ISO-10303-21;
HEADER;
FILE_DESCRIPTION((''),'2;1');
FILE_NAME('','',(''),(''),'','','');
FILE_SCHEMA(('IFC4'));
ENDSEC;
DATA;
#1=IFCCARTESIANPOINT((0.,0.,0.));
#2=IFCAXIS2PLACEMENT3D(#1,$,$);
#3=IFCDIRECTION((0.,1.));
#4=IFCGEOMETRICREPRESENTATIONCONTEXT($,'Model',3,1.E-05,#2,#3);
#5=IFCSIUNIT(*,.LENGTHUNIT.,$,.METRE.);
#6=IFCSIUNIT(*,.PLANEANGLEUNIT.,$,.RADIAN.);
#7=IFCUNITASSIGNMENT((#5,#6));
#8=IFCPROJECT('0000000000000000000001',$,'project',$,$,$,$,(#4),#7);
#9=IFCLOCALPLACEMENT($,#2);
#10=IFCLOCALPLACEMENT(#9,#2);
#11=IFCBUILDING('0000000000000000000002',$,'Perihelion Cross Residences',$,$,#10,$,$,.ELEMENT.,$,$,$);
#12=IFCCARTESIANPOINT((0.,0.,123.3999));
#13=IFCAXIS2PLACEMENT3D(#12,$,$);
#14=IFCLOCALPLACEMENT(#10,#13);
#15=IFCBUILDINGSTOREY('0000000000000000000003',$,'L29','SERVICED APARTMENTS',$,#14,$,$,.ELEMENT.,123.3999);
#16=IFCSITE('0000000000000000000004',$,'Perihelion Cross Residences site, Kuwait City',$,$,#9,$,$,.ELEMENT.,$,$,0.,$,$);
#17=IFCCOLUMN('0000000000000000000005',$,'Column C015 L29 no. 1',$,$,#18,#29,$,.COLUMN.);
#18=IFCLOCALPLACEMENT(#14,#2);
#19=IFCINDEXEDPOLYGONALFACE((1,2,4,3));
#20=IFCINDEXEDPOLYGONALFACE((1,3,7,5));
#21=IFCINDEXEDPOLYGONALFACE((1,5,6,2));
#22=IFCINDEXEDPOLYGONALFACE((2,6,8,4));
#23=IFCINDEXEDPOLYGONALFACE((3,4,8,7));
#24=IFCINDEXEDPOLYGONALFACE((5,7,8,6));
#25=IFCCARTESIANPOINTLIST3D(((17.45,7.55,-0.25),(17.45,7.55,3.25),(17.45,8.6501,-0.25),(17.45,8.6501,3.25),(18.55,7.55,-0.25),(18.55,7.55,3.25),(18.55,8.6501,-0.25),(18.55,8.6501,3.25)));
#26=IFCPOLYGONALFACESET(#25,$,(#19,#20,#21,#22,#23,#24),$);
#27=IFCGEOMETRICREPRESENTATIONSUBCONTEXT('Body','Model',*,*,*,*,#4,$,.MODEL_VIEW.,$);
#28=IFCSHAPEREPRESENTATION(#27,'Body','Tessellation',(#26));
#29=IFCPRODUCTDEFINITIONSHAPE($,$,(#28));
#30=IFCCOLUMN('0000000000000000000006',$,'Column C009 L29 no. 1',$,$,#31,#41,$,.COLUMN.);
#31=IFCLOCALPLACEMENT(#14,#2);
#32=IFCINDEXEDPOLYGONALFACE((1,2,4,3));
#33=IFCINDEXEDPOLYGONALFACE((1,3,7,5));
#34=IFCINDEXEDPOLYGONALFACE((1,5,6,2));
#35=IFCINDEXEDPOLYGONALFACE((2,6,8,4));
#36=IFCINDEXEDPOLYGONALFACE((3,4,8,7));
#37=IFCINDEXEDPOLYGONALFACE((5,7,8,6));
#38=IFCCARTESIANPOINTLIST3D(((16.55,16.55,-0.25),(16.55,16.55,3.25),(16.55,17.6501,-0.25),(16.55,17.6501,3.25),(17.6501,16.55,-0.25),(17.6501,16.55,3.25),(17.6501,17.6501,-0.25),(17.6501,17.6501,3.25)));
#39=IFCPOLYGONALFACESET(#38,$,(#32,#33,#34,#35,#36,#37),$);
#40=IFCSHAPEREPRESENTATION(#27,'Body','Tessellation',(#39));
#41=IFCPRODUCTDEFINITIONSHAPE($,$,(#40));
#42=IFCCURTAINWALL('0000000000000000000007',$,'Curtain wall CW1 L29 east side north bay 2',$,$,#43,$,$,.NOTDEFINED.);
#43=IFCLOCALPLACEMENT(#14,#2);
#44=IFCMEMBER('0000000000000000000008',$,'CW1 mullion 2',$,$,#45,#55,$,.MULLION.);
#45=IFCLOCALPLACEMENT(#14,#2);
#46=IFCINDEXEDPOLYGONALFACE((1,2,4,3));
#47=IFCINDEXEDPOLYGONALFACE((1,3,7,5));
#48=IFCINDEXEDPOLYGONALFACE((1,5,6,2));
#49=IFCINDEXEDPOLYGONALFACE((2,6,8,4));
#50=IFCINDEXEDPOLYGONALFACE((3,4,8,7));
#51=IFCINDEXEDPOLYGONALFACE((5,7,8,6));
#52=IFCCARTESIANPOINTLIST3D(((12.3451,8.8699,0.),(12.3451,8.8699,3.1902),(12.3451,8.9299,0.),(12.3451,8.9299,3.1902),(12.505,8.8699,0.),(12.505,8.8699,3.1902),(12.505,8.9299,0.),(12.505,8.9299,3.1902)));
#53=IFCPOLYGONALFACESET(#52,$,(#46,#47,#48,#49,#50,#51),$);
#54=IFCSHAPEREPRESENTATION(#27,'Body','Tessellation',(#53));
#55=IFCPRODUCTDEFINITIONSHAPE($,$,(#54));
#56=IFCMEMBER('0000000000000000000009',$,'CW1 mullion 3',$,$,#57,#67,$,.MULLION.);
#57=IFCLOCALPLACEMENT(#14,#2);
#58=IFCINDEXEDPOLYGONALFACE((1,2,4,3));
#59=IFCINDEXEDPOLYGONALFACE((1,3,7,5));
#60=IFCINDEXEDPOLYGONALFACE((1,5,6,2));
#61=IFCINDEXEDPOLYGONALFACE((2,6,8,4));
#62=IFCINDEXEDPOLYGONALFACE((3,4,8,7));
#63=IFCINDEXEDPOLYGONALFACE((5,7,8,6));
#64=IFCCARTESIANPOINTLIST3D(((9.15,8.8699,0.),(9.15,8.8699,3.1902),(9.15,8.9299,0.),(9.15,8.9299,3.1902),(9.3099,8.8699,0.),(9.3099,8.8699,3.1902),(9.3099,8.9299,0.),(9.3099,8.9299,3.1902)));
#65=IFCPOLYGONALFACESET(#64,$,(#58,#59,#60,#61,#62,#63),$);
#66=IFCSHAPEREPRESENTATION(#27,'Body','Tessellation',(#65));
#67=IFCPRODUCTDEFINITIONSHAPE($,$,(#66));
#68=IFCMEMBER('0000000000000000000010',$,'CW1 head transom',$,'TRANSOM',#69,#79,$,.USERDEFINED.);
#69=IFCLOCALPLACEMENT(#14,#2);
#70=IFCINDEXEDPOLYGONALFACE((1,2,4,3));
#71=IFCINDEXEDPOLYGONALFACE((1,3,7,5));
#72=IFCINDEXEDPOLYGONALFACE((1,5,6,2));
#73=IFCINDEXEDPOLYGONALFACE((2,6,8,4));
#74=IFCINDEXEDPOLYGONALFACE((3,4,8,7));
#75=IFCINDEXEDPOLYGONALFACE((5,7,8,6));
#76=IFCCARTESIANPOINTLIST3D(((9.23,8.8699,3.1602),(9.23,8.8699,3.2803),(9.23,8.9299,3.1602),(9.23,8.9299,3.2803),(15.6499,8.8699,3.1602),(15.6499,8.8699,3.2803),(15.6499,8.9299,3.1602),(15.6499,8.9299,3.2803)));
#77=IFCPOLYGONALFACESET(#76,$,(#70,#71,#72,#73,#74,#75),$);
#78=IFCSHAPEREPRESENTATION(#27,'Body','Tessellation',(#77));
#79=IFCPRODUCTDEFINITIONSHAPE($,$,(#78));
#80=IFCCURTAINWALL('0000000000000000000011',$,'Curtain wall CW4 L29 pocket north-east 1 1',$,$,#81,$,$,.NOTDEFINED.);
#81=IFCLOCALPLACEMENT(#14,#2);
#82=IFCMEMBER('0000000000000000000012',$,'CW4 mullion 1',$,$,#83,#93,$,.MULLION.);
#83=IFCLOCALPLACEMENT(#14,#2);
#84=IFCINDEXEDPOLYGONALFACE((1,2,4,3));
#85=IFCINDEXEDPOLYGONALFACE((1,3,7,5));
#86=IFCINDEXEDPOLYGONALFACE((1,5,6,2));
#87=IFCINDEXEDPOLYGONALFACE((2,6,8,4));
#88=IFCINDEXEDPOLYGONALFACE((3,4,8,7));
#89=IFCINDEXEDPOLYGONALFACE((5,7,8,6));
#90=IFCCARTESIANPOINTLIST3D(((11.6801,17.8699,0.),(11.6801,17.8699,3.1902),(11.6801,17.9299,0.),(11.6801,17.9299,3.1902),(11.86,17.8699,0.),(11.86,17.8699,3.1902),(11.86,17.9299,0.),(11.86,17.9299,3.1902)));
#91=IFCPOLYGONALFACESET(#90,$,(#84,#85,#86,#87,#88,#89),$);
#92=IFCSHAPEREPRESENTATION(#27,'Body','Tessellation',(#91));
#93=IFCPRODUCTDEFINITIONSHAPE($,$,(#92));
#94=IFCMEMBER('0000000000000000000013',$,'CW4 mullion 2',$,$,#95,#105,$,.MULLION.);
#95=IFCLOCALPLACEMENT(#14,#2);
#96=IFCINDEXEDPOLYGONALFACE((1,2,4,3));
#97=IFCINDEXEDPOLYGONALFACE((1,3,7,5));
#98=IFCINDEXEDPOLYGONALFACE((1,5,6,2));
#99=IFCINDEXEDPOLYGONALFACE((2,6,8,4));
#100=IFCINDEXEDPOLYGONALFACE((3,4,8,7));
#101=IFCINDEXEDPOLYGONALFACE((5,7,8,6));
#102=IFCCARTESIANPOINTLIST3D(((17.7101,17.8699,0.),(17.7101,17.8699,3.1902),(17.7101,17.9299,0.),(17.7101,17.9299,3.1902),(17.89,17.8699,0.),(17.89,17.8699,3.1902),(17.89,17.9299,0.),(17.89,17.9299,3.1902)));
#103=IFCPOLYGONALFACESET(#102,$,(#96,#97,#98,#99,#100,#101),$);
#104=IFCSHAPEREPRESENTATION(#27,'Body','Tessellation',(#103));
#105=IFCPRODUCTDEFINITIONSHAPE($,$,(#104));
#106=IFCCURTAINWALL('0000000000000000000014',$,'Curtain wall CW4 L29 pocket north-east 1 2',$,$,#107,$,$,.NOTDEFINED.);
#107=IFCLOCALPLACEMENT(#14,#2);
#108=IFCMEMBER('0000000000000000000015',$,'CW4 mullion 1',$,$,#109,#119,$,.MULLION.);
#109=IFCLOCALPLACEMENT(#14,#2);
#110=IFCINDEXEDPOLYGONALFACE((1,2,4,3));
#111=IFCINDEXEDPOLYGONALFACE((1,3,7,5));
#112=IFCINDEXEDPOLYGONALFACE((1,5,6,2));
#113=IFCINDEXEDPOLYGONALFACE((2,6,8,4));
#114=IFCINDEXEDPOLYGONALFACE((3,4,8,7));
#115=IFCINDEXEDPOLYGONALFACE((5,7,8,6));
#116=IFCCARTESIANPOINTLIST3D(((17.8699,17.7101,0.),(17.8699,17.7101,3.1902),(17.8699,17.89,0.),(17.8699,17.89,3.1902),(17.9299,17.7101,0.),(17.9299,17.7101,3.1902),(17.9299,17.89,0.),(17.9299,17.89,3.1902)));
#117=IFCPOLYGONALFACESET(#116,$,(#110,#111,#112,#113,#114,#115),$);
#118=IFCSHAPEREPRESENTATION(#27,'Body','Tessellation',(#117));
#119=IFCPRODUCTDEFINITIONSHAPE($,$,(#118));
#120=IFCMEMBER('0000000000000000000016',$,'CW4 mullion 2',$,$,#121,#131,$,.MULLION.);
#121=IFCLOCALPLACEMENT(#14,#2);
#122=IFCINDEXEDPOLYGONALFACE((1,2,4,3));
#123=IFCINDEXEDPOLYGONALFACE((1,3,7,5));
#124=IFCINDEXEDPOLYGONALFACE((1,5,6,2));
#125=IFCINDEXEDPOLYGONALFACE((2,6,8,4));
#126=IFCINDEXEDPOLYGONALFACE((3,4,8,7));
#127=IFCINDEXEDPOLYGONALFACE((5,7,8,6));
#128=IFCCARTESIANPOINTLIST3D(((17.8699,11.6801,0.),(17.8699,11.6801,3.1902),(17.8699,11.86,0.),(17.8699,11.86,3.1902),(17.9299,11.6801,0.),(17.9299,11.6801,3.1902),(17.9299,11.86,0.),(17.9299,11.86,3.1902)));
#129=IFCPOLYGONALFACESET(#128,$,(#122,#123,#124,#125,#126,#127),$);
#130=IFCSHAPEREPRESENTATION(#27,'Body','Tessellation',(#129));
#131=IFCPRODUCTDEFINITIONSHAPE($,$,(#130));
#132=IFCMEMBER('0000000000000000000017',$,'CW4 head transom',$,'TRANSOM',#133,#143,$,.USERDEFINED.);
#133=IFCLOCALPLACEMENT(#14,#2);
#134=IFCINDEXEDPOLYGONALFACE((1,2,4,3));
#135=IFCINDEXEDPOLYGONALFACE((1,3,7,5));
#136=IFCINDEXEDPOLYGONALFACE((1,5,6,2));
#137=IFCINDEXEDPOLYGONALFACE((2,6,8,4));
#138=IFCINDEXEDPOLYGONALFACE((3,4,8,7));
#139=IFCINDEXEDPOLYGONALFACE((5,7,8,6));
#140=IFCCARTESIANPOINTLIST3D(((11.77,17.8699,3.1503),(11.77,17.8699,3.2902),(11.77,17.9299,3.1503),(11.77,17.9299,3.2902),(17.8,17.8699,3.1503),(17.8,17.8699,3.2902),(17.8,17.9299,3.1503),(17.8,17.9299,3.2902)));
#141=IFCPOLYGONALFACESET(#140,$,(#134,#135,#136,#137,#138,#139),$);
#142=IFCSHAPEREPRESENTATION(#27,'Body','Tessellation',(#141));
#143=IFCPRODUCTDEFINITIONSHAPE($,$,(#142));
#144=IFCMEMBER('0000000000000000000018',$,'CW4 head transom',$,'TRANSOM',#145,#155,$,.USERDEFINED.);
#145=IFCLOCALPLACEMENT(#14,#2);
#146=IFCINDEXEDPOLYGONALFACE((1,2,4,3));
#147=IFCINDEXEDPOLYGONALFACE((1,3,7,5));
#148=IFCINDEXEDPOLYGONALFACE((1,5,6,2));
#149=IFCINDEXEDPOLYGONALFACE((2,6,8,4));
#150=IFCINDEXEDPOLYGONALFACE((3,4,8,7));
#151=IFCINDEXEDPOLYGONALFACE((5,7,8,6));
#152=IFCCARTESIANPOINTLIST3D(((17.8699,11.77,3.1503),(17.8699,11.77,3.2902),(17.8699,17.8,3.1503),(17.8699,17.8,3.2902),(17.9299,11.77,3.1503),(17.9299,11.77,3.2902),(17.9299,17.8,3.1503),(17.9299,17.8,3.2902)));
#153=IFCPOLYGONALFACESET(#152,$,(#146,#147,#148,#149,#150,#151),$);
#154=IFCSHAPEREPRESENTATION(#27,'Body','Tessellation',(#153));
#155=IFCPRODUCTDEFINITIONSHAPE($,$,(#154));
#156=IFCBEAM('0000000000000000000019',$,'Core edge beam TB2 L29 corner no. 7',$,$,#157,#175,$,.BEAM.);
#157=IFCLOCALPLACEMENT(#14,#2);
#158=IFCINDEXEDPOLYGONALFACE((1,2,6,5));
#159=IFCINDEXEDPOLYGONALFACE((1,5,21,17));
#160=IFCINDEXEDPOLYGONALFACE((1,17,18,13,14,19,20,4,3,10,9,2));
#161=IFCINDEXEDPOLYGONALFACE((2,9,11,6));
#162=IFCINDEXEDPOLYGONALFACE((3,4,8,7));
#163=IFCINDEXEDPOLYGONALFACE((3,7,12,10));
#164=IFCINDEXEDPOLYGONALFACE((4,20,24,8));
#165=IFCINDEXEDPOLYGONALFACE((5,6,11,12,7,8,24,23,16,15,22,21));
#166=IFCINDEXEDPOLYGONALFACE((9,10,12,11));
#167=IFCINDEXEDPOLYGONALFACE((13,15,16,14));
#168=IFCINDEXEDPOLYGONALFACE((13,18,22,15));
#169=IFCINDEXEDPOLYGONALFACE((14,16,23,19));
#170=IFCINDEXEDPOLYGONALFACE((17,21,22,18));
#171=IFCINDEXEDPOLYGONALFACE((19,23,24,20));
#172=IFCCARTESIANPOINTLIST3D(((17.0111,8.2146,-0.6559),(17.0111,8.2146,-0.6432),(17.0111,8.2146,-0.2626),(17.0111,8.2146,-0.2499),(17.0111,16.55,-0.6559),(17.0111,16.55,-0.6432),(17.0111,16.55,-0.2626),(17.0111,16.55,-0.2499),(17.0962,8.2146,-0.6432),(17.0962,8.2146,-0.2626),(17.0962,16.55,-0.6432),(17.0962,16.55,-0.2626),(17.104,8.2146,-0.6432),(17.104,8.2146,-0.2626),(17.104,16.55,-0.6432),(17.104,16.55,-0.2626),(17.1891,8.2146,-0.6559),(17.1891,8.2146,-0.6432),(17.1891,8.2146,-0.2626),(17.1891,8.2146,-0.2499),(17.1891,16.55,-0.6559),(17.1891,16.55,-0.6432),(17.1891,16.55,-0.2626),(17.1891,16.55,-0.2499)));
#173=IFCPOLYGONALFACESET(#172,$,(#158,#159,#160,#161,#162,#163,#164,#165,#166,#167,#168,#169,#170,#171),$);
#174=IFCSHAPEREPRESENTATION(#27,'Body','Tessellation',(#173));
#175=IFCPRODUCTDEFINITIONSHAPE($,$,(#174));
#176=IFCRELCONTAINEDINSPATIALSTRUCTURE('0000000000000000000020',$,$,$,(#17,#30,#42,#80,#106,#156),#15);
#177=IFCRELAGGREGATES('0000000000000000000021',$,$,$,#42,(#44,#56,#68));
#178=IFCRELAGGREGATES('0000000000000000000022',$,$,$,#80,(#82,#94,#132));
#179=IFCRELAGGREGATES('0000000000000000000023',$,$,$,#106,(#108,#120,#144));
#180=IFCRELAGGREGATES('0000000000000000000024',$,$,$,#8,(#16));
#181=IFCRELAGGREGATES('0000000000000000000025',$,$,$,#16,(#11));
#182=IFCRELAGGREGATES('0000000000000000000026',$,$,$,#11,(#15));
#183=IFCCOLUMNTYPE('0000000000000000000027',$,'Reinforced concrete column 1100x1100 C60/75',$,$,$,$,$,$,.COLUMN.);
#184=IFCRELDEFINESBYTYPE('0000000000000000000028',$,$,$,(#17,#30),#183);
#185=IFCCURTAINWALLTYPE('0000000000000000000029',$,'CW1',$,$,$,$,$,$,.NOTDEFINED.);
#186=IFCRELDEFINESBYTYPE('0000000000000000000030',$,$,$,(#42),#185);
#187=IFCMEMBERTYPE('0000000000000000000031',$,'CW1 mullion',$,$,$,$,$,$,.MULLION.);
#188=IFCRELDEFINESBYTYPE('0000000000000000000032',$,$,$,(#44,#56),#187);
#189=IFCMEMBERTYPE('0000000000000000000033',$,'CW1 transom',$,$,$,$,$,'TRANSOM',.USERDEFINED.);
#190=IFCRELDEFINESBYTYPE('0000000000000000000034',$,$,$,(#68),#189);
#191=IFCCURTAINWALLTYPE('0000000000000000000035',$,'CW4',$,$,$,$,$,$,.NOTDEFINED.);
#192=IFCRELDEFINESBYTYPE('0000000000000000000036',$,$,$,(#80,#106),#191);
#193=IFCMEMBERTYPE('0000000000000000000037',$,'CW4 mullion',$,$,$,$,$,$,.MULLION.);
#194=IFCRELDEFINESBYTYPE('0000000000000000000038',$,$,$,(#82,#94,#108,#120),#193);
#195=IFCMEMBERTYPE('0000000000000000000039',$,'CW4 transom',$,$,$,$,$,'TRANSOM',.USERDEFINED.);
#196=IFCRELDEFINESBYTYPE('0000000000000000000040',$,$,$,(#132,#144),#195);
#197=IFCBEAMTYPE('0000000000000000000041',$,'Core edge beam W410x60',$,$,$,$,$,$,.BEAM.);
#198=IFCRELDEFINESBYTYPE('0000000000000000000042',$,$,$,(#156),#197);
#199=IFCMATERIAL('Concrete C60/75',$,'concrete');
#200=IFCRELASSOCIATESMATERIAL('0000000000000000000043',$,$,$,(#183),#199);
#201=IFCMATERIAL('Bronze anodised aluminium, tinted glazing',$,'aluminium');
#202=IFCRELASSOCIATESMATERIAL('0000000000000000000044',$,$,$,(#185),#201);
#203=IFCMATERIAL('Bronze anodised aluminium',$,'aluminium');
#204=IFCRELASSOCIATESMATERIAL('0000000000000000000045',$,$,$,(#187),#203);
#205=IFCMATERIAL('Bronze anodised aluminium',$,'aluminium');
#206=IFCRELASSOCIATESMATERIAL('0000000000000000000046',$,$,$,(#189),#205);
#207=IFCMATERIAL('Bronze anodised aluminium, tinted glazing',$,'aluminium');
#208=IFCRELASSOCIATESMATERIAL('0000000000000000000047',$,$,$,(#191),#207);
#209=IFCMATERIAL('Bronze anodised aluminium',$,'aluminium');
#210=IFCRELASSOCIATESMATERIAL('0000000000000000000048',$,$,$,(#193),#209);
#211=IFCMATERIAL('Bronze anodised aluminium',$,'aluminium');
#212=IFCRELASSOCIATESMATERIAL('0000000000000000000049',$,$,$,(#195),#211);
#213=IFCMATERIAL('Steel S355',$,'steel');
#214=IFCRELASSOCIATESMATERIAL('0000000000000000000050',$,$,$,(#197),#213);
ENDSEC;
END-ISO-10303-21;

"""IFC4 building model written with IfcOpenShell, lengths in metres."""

from ifc_helpers import new_model, si_unit, direction, frame, origin, origin_2d, place, context, subcontext, project, spatial, rectangle, i_section, extrude, material, material_profile, profile_set, type_object, element, aggregate, save


model = new_model("IFC4")

# Units and contexts
model_context = context("Model", 3, precision=1e-05, world=origin(), true_north=direction((0.0, 1.0)))
body_context = subcontext(model_context, "Body", "Model", "MODEL_VIEW")
ifc_project = project(units=[si_unit("LENGTHUNIT", "METRE"), si_unit("PLANEANGLEUNIT", "RADIAN")], contexts=[model_context])

# Site, building, storey
site_placement = place(None, origin())
site = spatial("IfcSite", under=ifc_project, at=site_placement, Name="Perihelion Cross Residences site, Kuwait City", CompositionType="ELEMENT", RefElevation=0.0)
building_placement = place(site_placement, origin())
building = spatial("IfcBuilding", under=site, at=building_placement, Name="Perihelion Cross Residences", CompositionType="ELEMENT")
storey_placement = place(building_placement, frame((0.0, 0.0, 123.3999)))
storey = spatial("IfcBuildingStorey", under=building, at=storey_placement, Name="L29", Description="SERVICED APARTMENTS", CompositionType="ELEMENT", Elevation=123.3999)

# Columns
ifc_material_1 = material(Name="Concrete C60/75", Category="concrete")
ifc_material_profile_1 = material_profile(ifc_material_1, rectangle(XDim=1.1001, YDim=1.1001, at=origin_2d()), Name="RC 1100x1100")
ifc_profile_set_1 = profile_set([ifc_material_profile_1], Name="Concrete C60/75")
column_type = type_object("IfcColumnType", Name="Reinforced concrete column 1100x1100 C60/75", PredefinedType="COLUMN", material=ifc_profile_set_1)
for number, where, z_axis, x_axis, name in (
    (1, (18.0, 8.1001, -0.25), (0.0, 0.0, 1.0), (1.0, 0.0, 0.0), "Column C015 L29 no. 1"),
    (2, (17.1001, 17.1001, -0.25), (0.0, 0.0, 1.0), (1.0, 0.0, 0.0), "Column C009 L29 no. 1"),
):
    element("IfcColumn", number, at=place(storey_placement, frame(where, z_axis=z_axis, x_axis=x_axis)), inside=storey, type_object=column_type, Name=name, PredefinedType="COLUMN", context=body_context, shape_type="SweptSolid", body=[
        extrude(rectangle(XDim=1.1001, YDim=1.1001, at=origin_2d()), origin(), (0.0, 0.0, 1.0), 3.5),
    ])

# Curtain walls, members
ifc_material_2 = material(Name="Bronze anodised aluminium, tinted glazing", Category="aluminium")
curtain_wall_type_1 = type_object("IfcCurtainWallType", Name="CW1", PredefinedType="NOTDEFINED", material=ifc_material_2)
curtain_wall_1_placement = place(storey_placement, origin())
curtain_wall_1 = element("IfcCurtainWall", 3, at=curtain_wall_1_placement, inside=storey, type_object=curtain_wall_type_1, Name="Curtain wall CW1 L29 east side north bay 2", PredefinedType="NOTDEFINED")
ifc_material_3 = material(Name="Bronze anodised aluminium", Category="aluminium")
ifc_material_profile_2 = material_profile(ifc_material_3, rectangle(XDim=0.0601, YDim=0.1599, at=origin_2d()), Name="CW1 mullion")
ifc_profile_set_2 = profile_set([ifc_material_profile_2], Name="Bronze anodised aluminium")
member_type_1 = type_object("IfcMemberType", Name="CW1 mullion", PredefinedType="MULLION", material=ifc_profile_set_2)
member_1_placement = place(storey_placement, frame((12.425, 8.8999, 0.0), z_axis=(0.0, 0.0, 1.0), x_axis=(0.0, -1.0, 0.0)))
member_1 = element("IfcMember", 4, at=member_1_placement, type_object=member_type_1, Name="CW1 mullion 2", PredefinedType="MULLION", context=body_context, shape_type="SweptSolid", body=[
    extrude(rectangle(XDim=0.0601, YDim=0.1599, at=origin_2d()), origin(), (0.0, 0.0, 1.0), 3.1902),
])
member_2_placement = place(storey_placement, frame((9.23, 8.8999, 0.0), z_axis=(0.0, 0.0, 1.0), x_axis=(0.0, -1.0, 0.0)))
member_2 = element("IfcMember", 5, at=member_2_placement, type_object=member_type_1, Name="CW1 mullion 3", PredefinedType="MULLION", context=body_context, shape_type="SweptSolid", body=[
    extrude(rectangle(XDim=0.0601, YDim=0.1599, at=origin_2d()), origin(), (0.0, 0.0, 1.0), 3.1902),
])
ifc_material_4 = material(Name="Bronze anodised aluminium", Category="aluminium")
ifc_material_profile_3 = material_profile(ifc_material_4, rectangle(XDim=0.0601, YDim=0.1201, at=origin_2d()), Name="CW1 transom")
ifc_profile_set_3 = profile_set([ifc_material_profile_3], Name="Bronze anodised aluminium")
member_type_2 = type_object("IfcMemberType", Name="CW1 transom", ElementType="TRANSOM", PredefinedType="USERDEFINED", material=ifc_profile_set_3)
member_3_placement = place(storey_placement, frame((15.6499, 8.8999, 3.2202), z_axis=(-1.0, 0.0, 0.0), x_axis=(0.0, -1.0, 0.0)))
member_3 = element("IfcMember", 6, at=member_3_placement, type_object=member_type_2, Name="CW1 head transom", ObjectType="TRANSOM", PredefinedType="USERDEFINED", context=body_context, shape_type="SweptSolid", body=[
    extrude(rectangle(XDim=0.0601, YDim=0.1201, at=origin_2d()), origin(), (0.0, 0.0, 1.0), 6.4199),
])
ifc_material_5 = material(Name="Bronze anodised aluminium, tinted glazing", Category="aluminium")
curtain_wall_type_2 = type_object("IfcCurtainWallType", Name="CW4", PredefinedType="NOTDEFINED", material=ifc_material_5)
curtain_wall_2_placement = place(storey_placement, origin())
curtain_wall_2 = element("IfcCurtainWall", 7, at=curtain_wall_2_placement, inside=storey, type_object=curtain_wall_type_2, Name="Curtain wall CW4 L29 pocket north-east 1 1", PredefinedType="NOTDEFINED")
ifc_material_6 = material(Name="Bronze anodised aluminium", Category="aluminium")
ifc_material_profile_4 = material_profile(ifc_material_6, rectangle(XDim=0.0601, YDim=0.1799, at=origin_2d()), Name="CW4 mullion")
ifc_profile_set_4 = profile_set([ifc_material_profile_4], Name="Bronze anodised aluminium")
member_type_3 = type_object("IfcMemberType", Name="CW4 mullion", PredefinedType="MULLION", material=ifc_profile_set_4)
member_4_placement = place(storey_placement, frame((11.77, 17.8999, 0.0), z_axis=(0.0, 0.0, 1.0), x_axis=(0.0, 1.0, 0.0)))
member_4 = element("IfcMember", 8, at=member_4_placement, type_object=member_type_3, Name="CW4 mullion 1", PredefinedType="MULLION", context=body_context, shape_type="SweptSolid", body=[
    extrude(rectangle(XDim=0.0601, YDim=0.1799, at=origin_2d()), origin(), (0.0, 0.0, 1.0), 3.1902),
])
member_5_placement = place(storey_placement, frame((17.8, 17.8999, 0.0), z_axis=(0.0, 0.0, 1.0), x_axis=(0.0, 1.0, 0.0)))
member_5 = element("IfcMember", 9, at=member_5_placement, type_object=member_type_3, Name="CW4 mullion 2", PredefinedType="MULLION", context=body_context, shape_type="SweptSolid", body=[
    extrude(rectangle(XDim=0.0601, YDim=0.1799, at=origin_2d()), origin(), (0.0, 0.0, 1.0), 3.1902),
])
curtain_wall_3_placement = place(storey_placement, origin())
curtain_wall_3 = element("IfcCurtainWall", 10, at=curtain_wall_3_placement, inside=storey, type_object=curtain_wall_type_2, Name="Curtain wall CW4 L29 pocket north-east 1 2", PredefinedType="NOTDEFINED")
member_6_placement = place(storey_placement, frame((17.8999, 17.8, 0.0), z_axis=(0.0, 0.0, 1.0), x_axis=(1.0, 0.0, 0.0)))
member_6 = element("IfcMember", 11, at=member_6_placement, type_object=member_type_3, Name="CW4 mullion 1", PredefinedType="MULLION", context=body_context, shape_type="SweptSolid", body=[
    extrude(rectangle(XDim=0.0601, YDim=0.1799, at=origin_2d()), origin(), (0.0, 0.0, 1.0), 3.1902),
])
member_7_placement = place(storey_placement, frame((17.8999, 11.77, 0.0), z_axis=(0.0, 0.0, 1.0), x_axis=(1.0, 0.0, 0.0)))
member_7 = element("IfcMember", 12, at=member_7_placement, type_object=member_type_3, Name="CW4 mullion 2", PredefinedType="MULLION", context=body_context, shape_type="SweptSolid", body=[
    extrude(rectangle(XDim=0.0601, YDim=0.1799, at=origin_2d()), origin(), (0.0, 0.0, 1.0), 3.1902),
])

# Members
ifc_material_7 = material(Name="Bronze anodised aluminium", Category="aluminium")
ifc_material_profile_5 = material_profile(ifc_material_7, rectangle(XDim=0.0601, YDim=0.1399, at=origin_2d()), Name="CW4 transom")
ifc_profile_set_5 = profile_set([ifc_material_profile_5], Name="Bronze anodised aluminium")
member_type_4 = type_object("IfcMemberType", Name="CW4 transom", ElementType="TRANSOM", PredefinedType="USERDEFINED", material=ifc_profile_set_5)
member_8_placement = place(storey_placement, frame((11.77, 17.8999, 3.2202), z_axis=(1.0, 0.0, 0.0), x_axis=(0.0, 1.0, 0.0)))
member_8 = element("IfcMember", 13, at=member_8_placement, type_object=member_type_4, Name="CW4 head transom", ObjectType="TRANSOM", PredefinedType="USERDEFINED", context=body_context, shape_type="SweptSolid", body=[
    extrude(rectangle(XDim=0.0601, YDim=0.1399, at=origin_2d()), origin(), (0.0, 0.0, 1.0), 6.03),
])
member_9_placement = place(storey_placement, frame((17.8999, 17.8, 3.2202), z_axis=(0.0, -1.0, 0.0), x_axis=(1.0, 0.0, 0.0)))
member_9 = element("IfcMember", 14, at=member_9_placement, type_object=member_type_4, Name="CW4 head transom", ObjectType="TRANSOM", PredefinedType="USERDEFINED", context=body_context, shape_type="SweptSolid", body=[
    extrude(rectangle(XDim=0.0601, YDim=0.1399, at=origin_2d()), origin(), (0.0, 0.0, 1.0), 6.03),
])

# Beam
ifc_material_8 = material(Name="Steel S355", Category="steel")
ifc_material_profile_6 = material_profile(ifc_material_8, i_section(OverallWidth=0.178, OverallDepth=0.406, WebThickness=0.0078, FlangeThickness=0.0127, at=origin_2d()), Name="W410x60")
ifc_profile_set_6 = profile_set([ifc_material_profile_6], Name="Steel S355")
beam_type_1 = type_object("IfcBeamType", Name="Core edge beam W410x60", PredefinedType="BEAM", material=ifc_profile_set_6)
beam_1_placement = place(storey_placement, frame((17.1001, 8.2146, -0.4529), z_axis=(0.0, 1.0, 0.0), x_axis=(-1.0, 0.0, 0.0)))
element("IfcBeam", 15, at=beam_1_placement, inside=storey, type_object=beam_type_1, Name="Core edge beam TB2 L29 corner no. 7", PredefinedType="BEAM", context=body_context, shape_type="SweptSolid", body=[
    extrude(i_section(OverallWidth=0.178, OverallDepth=0.406, WebThickness=0.0078, FlangeThickness=0.0127, at=origin_2d()), origin(), (0.0, 0.0, 1.0), 8.3354),
])

aggregate(curtain_wall_1, [member_1, member_2, member_3])

aggregate(curtain_wall_2, [member_4, member_5, member_8])
aggregate(curtain_wall_3, [member_6, member_7, member_9])

save(model, "model.ifc")
